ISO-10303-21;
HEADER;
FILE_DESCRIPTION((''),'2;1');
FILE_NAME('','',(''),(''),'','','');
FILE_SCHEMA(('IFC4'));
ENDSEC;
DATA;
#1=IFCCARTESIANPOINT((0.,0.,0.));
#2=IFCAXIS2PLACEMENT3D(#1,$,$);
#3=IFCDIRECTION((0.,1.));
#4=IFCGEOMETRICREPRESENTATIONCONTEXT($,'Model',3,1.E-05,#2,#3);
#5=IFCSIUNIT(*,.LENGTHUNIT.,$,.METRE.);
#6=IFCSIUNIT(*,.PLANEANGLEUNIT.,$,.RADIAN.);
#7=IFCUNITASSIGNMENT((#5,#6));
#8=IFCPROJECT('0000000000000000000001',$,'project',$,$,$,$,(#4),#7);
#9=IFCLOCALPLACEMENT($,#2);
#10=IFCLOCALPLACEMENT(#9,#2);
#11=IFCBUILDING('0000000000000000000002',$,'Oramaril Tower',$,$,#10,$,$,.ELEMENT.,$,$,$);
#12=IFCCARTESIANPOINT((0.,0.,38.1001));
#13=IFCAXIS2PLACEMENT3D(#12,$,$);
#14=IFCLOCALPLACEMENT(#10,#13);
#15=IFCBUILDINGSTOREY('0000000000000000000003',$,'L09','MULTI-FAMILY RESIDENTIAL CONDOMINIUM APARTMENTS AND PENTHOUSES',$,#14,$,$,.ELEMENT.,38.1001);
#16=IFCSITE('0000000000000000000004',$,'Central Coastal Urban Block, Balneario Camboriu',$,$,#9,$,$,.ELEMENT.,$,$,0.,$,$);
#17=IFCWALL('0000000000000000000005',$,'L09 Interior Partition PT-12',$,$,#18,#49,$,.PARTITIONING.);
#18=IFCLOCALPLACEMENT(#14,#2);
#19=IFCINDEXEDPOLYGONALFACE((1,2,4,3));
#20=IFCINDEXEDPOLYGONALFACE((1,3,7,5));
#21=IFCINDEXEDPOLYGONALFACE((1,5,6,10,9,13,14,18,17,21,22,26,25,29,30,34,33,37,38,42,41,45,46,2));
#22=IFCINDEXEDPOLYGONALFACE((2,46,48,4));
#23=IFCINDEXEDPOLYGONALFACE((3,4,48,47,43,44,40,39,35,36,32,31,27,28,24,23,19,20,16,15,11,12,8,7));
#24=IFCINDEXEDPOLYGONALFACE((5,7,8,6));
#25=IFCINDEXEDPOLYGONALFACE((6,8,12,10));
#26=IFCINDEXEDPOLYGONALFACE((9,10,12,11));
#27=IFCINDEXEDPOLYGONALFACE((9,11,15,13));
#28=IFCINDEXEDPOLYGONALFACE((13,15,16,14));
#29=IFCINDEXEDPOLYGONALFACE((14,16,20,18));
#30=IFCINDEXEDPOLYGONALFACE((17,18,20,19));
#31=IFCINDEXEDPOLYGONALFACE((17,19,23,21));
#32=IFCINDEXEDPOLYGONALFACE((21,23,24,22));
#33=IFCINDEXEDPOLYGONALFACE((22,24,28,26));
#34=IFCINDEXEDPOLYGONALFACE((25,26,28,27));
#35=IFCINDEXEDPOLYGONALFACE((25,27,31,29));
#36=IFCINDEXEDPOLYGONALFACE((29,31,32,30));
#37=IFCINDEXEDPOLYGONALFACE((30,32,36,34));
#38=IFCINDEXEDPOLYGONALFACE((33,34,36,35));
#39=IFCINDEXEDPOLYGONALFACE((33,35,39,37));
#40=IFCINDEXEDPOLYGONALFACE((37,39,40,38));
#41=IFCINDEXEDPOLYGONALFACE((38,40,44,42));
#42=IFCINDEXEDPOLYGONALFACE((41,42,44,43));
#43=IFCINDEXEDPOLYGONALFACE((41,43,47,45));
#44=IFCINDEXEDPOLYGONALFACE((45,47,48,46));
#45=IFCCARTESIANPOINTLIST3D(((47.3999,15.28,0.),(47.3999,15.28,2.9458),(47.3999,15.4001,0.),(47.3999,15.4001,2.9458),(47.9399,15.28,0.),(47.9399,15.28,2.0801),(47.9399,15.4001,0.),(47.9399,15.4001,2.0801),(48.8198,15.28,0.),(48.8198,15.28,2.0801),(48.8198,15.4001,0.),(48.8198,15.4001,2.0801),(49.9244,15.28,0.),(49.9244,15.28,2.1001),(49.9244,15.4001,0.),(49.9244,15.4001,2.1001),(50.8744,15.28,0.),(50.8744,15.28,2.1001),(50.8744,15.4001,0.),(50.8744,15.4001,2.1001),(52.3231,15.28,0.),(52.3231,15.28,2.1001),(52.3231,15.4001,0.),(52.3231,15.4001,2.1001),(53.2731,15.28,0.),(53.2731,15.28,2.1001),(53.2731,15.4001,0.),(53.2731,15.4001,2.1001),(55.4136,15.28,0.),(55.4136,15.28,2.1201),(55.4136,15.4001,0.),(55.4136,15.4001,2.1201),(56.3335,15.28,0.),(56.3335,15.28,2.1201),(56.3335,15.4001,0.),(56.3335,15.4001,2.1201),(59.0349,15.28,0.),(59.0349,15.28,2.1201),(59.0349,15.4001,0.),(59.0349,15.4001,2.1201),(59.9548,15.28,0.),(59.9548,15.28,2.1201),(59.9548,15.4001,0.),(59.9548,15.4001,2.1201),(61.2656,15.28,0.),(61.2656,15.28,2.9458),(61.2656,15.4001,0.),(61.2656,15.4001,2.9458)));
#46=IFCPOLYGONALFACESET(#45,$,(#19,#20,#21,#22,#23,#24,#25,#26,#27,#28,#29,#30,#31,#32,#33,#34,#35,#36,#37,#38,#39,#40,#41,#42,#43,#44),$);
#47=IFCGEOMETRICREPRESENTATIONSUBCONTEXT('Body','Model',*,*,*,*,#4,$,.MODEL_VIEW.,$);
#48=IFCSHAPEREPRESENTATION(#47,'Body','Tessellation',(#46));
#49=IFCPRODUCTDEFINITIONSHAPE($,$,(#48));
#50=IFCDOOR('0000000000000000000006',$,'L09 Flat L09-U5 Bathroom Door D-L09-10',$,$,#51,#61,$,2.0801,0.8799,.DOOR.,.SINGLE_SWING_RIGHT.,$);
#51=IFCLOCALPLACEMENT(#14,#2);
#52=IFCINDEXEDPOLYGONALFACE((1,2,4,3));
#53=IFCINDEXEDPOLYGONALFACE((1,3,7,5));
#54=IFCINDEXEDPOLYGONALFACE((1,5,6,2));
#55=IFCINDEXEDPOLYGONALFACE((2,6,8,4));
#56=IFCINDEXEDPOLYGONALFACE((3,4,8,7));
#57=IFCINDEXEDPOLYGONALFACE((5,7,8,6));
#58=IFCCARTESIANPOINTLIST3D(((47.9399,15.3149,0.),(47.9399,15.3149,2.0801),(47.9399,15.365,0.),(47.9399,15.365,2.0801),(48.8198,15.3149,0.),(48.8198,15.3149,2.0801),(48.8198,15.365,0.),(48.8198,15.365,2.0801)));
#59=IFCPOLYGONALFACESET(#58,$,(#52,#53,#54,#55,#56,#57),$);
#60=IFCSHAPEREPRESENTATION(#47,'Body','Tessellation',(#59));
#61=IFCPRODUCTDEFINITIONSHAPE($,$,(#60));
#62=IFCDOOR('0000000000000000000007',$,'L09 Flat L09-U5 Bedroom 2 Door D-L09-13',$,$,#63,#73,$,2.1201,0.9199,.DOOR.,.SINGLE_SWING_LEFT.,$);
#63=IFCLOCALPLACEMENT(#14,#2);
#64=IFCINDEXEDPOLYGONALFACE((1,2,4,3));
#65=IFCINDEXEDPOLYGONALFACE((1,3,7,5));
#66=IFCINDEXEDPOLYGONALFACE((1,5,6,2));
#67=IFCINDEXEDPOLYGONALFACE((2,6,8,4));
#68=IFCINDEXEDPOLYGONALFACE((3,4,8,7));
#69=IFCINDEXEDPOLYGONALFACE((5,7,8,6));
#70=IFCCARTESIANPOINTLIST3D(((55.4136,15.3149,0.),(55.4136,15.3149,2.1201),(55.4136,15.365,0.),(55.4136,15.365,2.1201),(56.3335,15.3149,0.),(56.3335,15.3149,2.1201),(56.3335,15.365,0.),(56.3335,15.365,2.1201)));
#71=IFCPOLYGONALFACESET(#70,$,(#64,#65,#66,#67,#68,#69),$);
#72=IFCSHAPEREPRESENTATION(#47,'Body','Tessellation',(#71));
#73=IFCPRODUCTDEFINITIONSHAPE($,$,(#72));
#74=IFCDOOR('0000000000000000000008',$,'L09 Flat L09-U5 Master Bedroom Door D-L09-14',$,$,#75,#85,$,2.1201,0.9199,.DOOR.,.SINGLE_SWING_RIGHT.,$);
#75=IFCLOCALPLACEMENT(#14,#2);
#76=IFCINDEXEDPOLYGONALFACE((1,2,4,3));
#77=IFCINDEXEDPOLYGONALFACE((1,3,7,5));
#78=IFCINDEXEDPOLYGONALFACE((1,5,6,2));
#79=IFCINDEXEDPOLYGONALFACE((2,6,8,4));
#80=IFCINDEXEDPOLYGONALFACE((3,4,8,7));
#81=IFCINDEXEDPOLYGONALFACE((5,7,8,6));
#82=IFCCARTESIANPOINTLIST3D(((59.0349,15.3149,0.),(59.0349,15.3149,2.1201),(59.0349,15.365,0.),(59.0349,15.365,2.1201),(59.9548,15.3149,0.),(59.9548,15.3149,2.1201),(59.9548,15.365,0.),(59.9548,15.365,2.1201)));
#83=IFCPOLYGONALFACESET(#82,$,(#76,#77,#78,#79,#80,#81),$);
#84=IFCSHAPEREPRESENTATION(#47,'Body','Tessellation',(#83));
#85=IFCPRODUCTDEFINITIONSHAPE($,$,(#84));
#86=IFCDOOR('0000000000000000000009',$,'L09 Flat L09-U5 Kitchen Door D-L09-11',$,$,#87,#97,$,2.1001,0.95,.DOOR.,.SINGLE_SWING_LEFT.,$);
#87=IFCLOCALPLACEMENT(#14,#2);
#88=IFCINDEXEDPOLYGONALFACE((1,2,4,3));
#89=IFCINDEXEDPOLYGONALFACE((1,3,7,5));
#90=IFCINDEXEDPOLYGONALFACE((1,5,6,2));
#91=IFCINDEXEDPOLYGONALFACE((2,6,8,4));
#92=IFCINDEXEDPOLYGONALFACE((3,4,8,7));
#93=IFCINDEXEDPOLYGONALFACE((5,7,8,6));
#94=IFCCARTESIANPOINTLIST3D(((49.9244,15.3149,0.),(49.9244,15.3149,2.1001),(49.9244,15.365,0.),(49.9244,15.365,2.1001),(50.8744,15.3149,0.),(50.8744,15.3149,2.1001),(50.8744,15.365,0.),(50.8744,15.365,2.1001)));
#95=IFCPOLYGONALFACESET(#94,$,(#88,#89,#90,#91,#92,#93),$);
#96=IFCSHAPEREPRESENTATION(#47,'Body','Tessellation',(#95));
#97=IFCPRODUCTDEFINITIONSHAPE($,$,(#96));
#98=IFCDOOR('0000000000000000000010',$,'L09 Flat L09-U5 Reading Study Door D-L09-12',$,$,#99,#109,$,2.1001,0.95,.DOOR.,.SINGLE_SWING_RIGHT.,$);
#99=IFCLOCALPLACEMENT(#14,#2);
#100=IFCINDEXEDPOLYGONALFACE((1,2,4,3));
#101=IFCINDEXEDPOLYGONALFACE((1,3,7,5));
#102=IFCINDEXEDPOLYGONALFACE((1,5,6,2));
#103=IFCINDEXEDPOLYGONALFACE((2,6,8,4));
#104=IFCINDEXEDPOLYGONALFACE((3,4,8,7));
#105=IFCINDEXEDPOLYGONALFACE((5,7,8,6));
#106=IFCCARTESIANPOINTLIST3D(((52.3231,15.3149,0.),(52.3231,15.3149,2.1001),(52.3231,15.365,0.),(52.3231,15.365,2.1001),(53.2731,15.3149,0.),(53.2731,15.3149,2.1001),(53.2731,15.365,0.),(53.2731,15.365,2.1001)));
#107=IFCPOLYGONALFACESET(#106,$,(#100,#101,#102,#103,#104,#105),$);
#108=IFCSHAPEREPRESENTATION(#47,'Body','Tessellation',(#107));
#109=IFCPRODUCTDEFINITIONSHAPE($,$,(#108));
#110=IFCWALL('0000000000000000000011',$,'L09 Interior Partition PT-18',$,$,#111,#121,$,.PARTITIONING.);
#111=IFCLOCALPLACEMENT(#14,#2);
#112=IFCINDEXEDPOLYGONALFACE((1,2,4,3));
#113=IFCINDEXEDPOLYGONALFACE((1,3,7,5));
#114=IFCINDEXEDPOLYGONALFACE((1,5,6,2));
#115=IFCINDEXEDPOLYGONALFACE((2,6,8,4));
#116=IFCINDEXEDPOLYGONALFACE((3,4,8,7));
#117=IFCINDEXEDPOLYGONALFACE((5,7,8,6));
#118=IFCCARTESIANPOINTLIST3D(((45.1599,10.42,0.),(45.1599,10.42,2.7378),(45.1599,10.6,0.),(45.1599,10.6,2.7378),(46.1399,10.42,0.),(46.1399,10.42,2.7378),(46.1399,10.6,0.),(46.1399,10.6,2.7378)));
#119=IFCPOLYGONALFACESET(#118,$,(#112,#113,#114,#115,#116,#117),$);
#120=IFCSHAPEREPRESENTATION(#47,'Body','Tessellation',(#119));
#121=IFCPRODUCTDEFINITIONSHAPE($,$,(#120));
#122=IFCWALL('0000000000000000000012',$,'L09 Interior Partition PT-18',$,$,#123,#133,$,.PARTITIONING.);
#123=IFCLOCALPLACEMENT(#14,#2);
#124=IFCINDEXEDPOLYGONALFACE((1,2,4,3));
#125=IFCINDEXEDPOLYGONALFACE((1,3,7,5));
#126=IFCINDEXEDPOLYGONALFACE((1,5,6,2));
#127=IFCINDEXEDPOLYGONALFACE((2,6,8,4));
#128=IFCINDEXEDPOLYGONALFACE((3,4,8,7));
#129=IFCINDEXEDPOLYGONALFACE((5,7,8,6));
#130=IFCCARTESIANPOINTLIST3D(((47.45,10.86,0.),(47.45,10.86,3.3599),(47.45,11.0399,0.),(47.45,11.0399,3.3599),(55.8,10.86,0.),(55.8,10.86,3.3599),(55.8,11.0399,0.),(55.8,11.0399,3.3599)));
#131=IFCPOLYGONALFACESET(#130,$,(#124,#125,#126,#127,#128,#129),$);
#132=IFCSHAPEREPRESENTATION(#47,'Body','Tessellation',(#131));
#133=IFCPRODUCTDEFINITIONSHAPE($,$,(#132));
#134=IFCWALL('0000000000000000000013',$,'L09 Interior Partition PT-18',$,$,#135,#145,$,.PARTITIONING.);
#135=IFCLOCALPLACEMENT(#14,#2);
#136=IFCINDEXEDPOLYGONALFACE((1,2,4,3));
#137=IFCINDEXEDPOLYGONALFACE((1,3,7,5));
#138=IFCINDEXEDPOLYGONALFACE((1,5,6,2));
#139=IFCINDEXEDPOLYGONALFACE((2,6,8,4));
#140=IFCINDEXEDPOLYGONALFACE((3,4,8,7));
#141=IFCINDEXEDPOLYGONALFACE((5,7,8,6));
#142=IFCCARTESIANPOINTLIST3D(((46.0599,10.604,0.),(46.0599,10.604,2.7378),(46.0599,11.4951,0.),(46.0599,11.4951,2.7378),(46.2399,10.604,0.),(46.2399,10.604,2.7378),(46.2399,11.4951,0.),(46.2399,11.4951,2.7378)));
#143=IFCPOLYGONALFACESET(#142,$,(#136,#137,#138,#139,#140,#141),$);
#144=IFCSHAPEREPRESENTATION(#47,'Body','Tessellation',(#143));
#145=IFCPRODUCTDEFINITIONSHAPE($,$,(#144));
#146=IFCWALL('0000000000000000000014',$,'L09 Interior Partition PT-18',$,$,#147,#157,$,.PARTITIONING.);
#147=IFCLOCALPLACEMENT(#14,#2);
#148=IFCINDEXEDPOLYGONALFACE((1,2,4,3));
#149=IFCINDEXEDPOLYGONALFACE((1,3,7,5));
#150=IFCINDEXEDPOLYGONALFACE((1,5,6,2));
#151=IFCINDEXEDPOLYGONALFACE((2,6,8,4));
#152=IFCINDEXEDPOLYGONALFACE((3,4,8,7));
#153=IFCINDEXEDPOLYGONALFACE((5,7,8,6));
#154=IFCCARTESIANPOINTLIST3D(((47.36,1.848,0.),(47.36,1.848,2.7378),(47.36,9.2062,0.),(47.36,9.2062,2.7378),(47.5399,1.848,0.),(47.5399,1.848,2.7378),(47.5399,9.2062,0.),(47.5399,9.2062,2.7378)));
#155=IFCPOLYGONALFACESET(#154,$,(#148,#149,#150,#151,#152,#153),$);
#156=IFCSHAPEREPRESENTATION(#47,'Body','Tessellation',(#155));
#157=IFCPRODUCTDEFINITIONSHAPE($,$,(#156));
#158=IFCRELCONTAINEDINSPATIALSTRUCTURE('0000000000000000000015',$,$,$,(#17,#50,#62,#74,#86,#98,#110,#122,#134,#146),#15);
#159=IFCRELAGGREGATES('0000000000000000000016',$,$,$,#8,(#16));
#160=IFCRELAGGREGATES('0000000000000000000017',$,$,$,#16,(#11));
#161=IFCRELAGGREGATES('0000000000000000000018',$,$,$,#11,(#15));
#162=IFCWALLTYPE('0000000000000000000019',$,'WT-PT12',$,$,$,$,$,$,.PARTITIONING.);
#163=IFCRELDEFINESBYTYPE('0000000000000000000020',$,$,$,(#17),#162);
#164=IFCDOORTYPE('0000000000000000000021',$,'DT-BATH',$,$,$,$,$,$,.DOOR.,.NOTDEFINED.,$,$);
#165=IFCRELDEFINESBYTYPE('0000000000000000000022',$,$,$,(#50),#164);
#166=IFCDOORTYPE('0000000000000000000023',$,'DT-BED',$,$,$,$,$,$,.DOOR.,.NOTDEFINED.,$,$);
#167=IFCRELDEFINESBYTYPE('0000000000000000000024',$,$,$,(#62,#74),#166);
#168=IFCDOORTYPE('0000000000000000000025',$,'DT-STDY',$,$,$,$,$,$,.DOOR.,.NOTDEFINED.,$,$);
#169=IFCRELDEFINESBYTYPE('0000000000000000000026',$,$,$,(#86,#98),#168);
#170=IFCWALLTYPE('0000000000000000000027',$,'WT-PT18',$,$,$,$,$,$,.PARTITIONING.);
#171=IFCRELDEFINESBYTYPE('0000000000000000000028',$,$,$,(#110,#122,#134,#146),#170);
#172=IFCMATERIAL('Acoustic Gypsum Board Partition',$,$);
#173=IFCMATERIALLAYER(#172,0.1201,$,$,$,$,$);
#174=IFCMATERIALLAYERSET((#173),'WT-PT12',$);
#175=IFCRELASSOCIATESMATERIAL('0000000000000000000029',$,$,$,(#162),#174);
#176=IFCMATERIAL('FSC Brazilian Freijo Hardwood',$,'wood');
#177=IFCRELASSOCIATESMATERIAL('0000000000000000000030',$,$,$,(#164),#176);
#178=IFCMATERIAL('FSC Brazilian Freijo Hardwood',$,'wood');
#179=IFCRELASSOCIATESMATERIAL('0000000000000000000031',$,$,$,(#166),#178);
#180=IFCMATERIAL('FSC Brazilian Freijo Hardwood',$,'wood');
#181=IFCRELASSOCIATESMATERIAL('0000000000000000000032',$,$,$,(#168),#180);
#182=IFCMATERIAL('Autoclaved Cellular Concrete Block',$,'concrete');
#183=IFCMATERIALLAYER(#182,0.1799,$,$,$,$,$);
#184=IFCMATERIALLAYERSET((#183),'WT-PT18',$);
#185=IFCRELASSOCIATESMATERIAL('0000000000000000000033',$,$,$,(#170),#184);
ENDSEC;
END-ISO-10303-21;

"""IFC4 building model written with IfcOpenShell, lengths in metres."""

from ifc_helpers import new_model, si_unit, direction, frame, frame_2d, origin, place, context, subcontext, project, spatial, rectangle, extrude, material, layer, layer_set, type_object, element, fill, save


model = new_model("IFC4")

# Units and contexts
model_context = context("Model", 3, precision=1e-05, world=origin(), true_north=direction((0.0, 1.0)))
body_context = subcontext(model_context, "Body", "Model", "MODEL_VIEW")
ifc_project = project(units=[si_unit("LENGTHUNIT", "METRE"), si_unit("PLANEANGLEUNIT", "RADIAN")], contexts=[model_context])

# Site, building, storey
site_placement = place(None, origin())
site = spatial("IfcSite", under=ifc_project, at=site_placement, Name="Central Coastal Urban Block, Balneario Camboriu", CompositionType="ELEMENT", RefElevation=0.0)
building_placement = place(site_placement, origin())
building = spatial("IfcBuilding", under=site, at=building_placement, Name="Oramaril Tower", CompositionType="ELEMENT")
storey_placement = place(building_placement, frame((0.0, 0.0, 38.1001)))
storey = spatial("IfcBuildingStorey", under=building, at=storey_placement, Name="L09", Description="MULTI-FAMILY RESIDENTIAL CONDOMINIUM APARTMENTS AND PENTHOUSES", CompositionType="ELEMENT", Elevation=38.1001)

# Wall, openings, doors
ifc_material_1 = material(Name="Acoustic Gypsum Board Partition")
ifc_layer_1 = layer(ifc_material_1, 0.1201)
ifc_layer_set_1 = layer_set([ifc_layer_1], Name="WT-PT12")
wall_type_1 = type_object("IfcWallType", Name="WT-PT12", PredefinedType="PARTITIONING", material=ifc_layer_set_1)
wall_1_placement = place(storey_placement, frame((47.3999, 15.3401, 0.0), z_axis=(0.0, 0.0, 1.0), x_axis=(1.0, 0.0, 0.0)))
wall_1 = element("IfcWall", 1, at=wall_1_placement, inside=storey, type_object=wall_type_1, Name="L09 Interior Partition PT-12", PredefinedType="PARTITIONING", context=body_context, shape_type="SweptSolid", body=[
    extrude(rectangle(XDim=13.8657, YDim=0.1201, at=frame_2d((6.9329, 0.0))), origin(), (0.0, 0.0, 1.0), 2.9458),
])
opening_1_placement = place(wall_1_placement, frame((0.54, 0.0, 0.0)))
opening_1 = element("IfcOpeningElement", 2, at=opening_1_placement, cuts=wall_1, PredefinedType="OPENING", context=body_context, shape_type="SweptSolid", body=[
    extrude(rectangle(XDim=0.8799, YDim=2.0801, at=frame_2d((0.4399, 1.04))), frame((0.0, 0.0601, 0.0), z_axis=(0.0, -1.0, 0.0), x_axis=(1.0, 0.0, 0.0)), (0.0, 0.0, 1.0), 0.1201),
])
opening_2_placement = place(wall_1_placement, frame((2.5244, 0.0, 0.0)))
opening_2 = element("IfcOpeningElement", 3, at=opening_2_placement, cuts=wall_1, PredefinedType="OPENING", context=body_context, shape_type="SweptSolid", body=[
    extrude(rectangle(XDim=0.95, YDim=2.1001, at=frame_2d((0.4751, 1.05))), frame((0.0, 0.0601, 0.0), z_axis=(0.0, -1.0, 0.0), x_axis=(1.0, 0.0, 0.0)), (0.0, 0.0, 1.0), 0.1201),
])
opening_3_placement = place(wall_1_placement, frame((4.9231, 0.0, 0.0)))
opening_3 = element("IfcOpeningElement", 4, at=opening_3_placement, cuts=wall_1, PredefinedType="OPENING", context=body_context, shape_type="SweptSolid", body=[
    extrude(rectangle(XDim=0.95, YDim=2.1001, at=frame_2d((0.4751, 1.05))), frame((0.0, 0.0601, 0.0), z_axis=(0.0, -1.0, 0.0), x_axis=(1.0, 0.0, 0.0)), (0.0, 0.0, 1.0), 0.1201),
])
opening_4_placement = place(wall_1_placement, frame((8.0137, 0.0, 0.0)))
opening_4 = element("IfcOpeningElement", 5, at=opening_4_placement, cuts=wall_1, PredefinedType="OPENING", context=body_context, shape_type="SweptSolid", body=[
    extrude(rectangle(XDim=0.9199, YDim=2.1201, at=frame_2d((0.46, 1.0601))), frame((0.0, 0.0601, 0.0), z_axis=(0.0, -1.0, 0.0), x_axis=(1.0, 0.0, 0.0)), (0.0, 0.0, 1.0), 0.1201),
])
opening_5_placement = place(wall_1_placement, frame((11.635, 0.0, 0.0)))
opening_5 = element("IfcOpeningElement", 6, at=opening_5_placement, cuts=wall_1, PredefinedType="OPENING", context=body_context, shape_type="SweptSolid", body=[
    extrude(rectangle(XDim=0.9199, YDim=2.1201, at=frame_2d((0.46, 1.0601))), frame((0.0, 0.0601, 0.0), z_axis=(0.0, -1.0, 0.0), x_axis=(1.0, 0.0, 0.0)), (0.0, 0.0, 1.0), 0.1201),
])
ifc_material_2 = material(Name="FSC Brazilian Freijo Hardwood", Category="wood")
door_type_1 = type_object("IfcDoorType", Name="DT-BATH", OperationType="NOTDEFINED", PredefinedType="DOOR", material=ifc_material_2)
door_1_placement = place(opening_1_placement, origin())
door_1 = element("IfcDoor", 7, at=door_1_placement, inside=storey, type_object=door_type_1, Name="L09 Flat L09-U5 Bathroom Door D-L09-10", OperationType="SINGLE_SWING_RIGHT", OverallHeight=2.0801, OverallWidth=0.8799, PredefinedType="DOOR", context=body_context, shape_type="SweptSolid", body=[
    extrude(rectangle(XDim=0.8799, YDim=2.0801, at=frame_2d((0.4399, 1.04))), frame((0.0, 0.0249, 0.0), z_axis=(0.0, -1.0, 0.0), x_axis=(1.0, 0.0, 0.0)), (0.0, 0.0, 1.0), 0.05),
])
fill(opening_1, door_1)
ifc_material_3 = material(Name="FSC Brazilian Freijo Hardwood", Category="wood")
door_type_2 = type_object("IfcDoorType", Name="DT-BED", OperationType="NOTDEFINED", PredefinedType="DOOR", material=ifc_material_3)
door_2_placement = place(opening_4_placement, origin())
door_2 = element("IfcDoor", 8, at=door_2_placement, inside=storey, type_object=door_type_2, Name="L09 Flat L09-U5 Bedroom 2 Door D-L09-13", OperationType="SINGLE_SWING_LEFT", OverallHeight=2.1201, OverallWidth=0.9199, PredefinedType="DOOR", context=body_context, shape_type="SweptSolid", body=[
    extrude(rectangle(XDim=0.9199, YDim=2.1201, at=frame_2d((0.46, 1.0601))), frame((0.0, 0.0249, 0.0), z_axis=(0.0, -1.0, 0.0), x_axis=(1.0, 0.0, 0.0)), (0.0, 0.0, 1.0), 0.05),
])
fill(opening_4, door_2)
door_3_placement = place(opening_5_placement, origin())
door_3 = element("IfcDoor", 9, at=door_3_placement, inside=storey, type_object=door_type_2, Name="L09 Flat L09-U5 Master Bedroom Door D-L09-14", OperationType="SINGLE_SWING_RIGHT", OverallHeight=2.1201, OverallWidth=0.9199, PredefinedType="DOOR", context=body_context, shape_type="SweptSolid", body=[
    extrude(rectangle(XDim=0.9199, YDim=2.1201, at=frame_2d((0.46, 1.0601))), frame((0.0, 0.0249, 0.0), z_axis=(0.0, -1.0, 0.0), x_axis=(1.0, 0.0, 0.0)), (0.0, 0.0, 1.0), 0.05),
])
fill(opening_5, door_3)
ifc_material_4 = material(Name="FSC Brazilian Freijo Hardwood", Category="wood")
door_type_3 = type_object("IfcDoorType", Name="DT-STDY", OperationType="NOTDEFINED", PredefinedType="DOOR", material=ifc_material_4)
door_4_placement = place(opening_2_placement, origin())
door_4 = element("IfcDoor", 10, at=door_4_placement, inside=storey, type_object=door_type_3, Name="L09 Flat L09-U5 Kitchen Door D-L09-11", OperationType="SINGLE_SWING_LEFT", OverallHeight=2.1001, OverallWidth=0.95, PredefinedType="DOOR", context=body_context, shape_type="SweptSolid", body=[
    extrude(rectangle(XDim=0.95, YDim=2.1001, at=frame_2d((0.4751, 1.05))), frame((0.0, 0.0249, 0.0), z_axis=(0.0, -1.0, 0.0), x_axis=(1.0, 0.0, 0.0)), (0.0, 0.0, 1.0), 0.05),
])
fill(opening_2, door_4)
door_5_placement = place(opening_3_placement, origin())
door_5 = element("IfcDoor", 11, at=door_5_placement, inside=storey, type_object=door_type_3, Name="L09 Flat L09-U5 Reading Study Door D-L09-12", OperationType="SINGLE_SWING_RIGHT", OverallHeight=2.1001, OverallWidth=0.95, PredefinedType="DOOR", context=body_context, shape_type="SweptSolid", body=[
    extrude(rectangle(XDim=0.95, YDim=2.1001, at=frame_2d((0.4751, 1.05))), frame((0.0, 0.0249, 0.0), z_axis=(0.0, -1.0, 0.0), x_axis=(1.0, 0.0, 0.0)), (0.0, 0.0, 1.0), 0.05),
])
fill(opening_3, door_5)

# Walls
ifc_material_5 = material(Name="Autoclaved Cellular Concrete Block", Category="concrete")
ifc_layer_2 = layer(ifc_material_5, 0.1799)
ifc_layer_set_2 = layer_set([ifc_layer_2], Name="WT-PT18")
wall_type_2 = type_object("IfcWallType", Name="WT-PT18", PredefinedType="PARTITIONING", material=ifc_layer_set_2)
wall_2_placement = place(storey_placement, frame((45.1599, 10.51, 0.0), z_axis=(0.0, 0.0, 1.0), x_axis=(1.0, 0.0, 0.0)))
element("IfcWall", 12, at=wall_2_placement, inside=storey, type_object=wall_type_2, Name="L09 Interior Partition PT-18", PredefinedType="PARTITIONING", context=body_context, shape_type="SweptSolid", body=[
    extrude(rectangle(XDim=0.98, YDim=0.1799, at=frame_2d((0.49, 0.0))), origin(), (0.0, 0.0, 1.0), 2.7378),
])
wall_3_placement = place(storey_placement, frame((47.45, 10.95, 0.0), z_axis=(0.0, 0.0, 1.0), x_axis=(1.0, 0.0, 0.0)))
element("IfcWall", 13, at=wall_3_placement, inside=storey, type_object=wall_type_2, Name="L09 Interior Partition PT-18", PredefinedType="PARTITIONING", context=body_context, shape_type="SweptSolid", body=[
    extrude(rectangle(XDim=8.3501, YDim=0.1799, at=frame_2d((4.175, 0.0))), origin(), (0.0, 0.0, 1.0), 3.3599),
])
wall_4_placement = place(storey_placement, frame((46.1499, 10.604, 0.0), z_axis=(0.0, 0.0, 1.0), x_axis=(0.0, 1.0, 0.0)))
element("IfcWall", 14, at=wall_4_placement, inside=storey, type_object=wall_type_2, Name="L09 Interior Partition PT-18", PredefinedType="PARTITIONING", context=body_context, shape_type="SweptSolid", body=[
    extrude(rectangle(XDim=0.8911, YDim=0.1799, at=frame_2d((0.4456, 0.0))), origin(), (0.0, 0.0, 1.0), 2.7378),
])
wall_5_placement = place(storey_placement, frame((47.45, 1.8479, 0.0), z_axis=(0.0, 0.0, 1.0), x_axis=(0.0, 1.0, 0.0)))
element("IfcWall", 15, at=wall_5_placement, inside=storey, type_object=wall_type_2, Name="L09 Interior Partition PT-18", PredefinedType="PARTITIONING", context=body_context, shape_type="SweptSolid", body=[
    extrude(rectangle(XDim=7.3582, YDim=0.1799, at=frame_2d((3.6792, 0.0))), origin(), (0.0, 0.0, 1.0), 2.7378),
])

save(model, "model.ifc")
